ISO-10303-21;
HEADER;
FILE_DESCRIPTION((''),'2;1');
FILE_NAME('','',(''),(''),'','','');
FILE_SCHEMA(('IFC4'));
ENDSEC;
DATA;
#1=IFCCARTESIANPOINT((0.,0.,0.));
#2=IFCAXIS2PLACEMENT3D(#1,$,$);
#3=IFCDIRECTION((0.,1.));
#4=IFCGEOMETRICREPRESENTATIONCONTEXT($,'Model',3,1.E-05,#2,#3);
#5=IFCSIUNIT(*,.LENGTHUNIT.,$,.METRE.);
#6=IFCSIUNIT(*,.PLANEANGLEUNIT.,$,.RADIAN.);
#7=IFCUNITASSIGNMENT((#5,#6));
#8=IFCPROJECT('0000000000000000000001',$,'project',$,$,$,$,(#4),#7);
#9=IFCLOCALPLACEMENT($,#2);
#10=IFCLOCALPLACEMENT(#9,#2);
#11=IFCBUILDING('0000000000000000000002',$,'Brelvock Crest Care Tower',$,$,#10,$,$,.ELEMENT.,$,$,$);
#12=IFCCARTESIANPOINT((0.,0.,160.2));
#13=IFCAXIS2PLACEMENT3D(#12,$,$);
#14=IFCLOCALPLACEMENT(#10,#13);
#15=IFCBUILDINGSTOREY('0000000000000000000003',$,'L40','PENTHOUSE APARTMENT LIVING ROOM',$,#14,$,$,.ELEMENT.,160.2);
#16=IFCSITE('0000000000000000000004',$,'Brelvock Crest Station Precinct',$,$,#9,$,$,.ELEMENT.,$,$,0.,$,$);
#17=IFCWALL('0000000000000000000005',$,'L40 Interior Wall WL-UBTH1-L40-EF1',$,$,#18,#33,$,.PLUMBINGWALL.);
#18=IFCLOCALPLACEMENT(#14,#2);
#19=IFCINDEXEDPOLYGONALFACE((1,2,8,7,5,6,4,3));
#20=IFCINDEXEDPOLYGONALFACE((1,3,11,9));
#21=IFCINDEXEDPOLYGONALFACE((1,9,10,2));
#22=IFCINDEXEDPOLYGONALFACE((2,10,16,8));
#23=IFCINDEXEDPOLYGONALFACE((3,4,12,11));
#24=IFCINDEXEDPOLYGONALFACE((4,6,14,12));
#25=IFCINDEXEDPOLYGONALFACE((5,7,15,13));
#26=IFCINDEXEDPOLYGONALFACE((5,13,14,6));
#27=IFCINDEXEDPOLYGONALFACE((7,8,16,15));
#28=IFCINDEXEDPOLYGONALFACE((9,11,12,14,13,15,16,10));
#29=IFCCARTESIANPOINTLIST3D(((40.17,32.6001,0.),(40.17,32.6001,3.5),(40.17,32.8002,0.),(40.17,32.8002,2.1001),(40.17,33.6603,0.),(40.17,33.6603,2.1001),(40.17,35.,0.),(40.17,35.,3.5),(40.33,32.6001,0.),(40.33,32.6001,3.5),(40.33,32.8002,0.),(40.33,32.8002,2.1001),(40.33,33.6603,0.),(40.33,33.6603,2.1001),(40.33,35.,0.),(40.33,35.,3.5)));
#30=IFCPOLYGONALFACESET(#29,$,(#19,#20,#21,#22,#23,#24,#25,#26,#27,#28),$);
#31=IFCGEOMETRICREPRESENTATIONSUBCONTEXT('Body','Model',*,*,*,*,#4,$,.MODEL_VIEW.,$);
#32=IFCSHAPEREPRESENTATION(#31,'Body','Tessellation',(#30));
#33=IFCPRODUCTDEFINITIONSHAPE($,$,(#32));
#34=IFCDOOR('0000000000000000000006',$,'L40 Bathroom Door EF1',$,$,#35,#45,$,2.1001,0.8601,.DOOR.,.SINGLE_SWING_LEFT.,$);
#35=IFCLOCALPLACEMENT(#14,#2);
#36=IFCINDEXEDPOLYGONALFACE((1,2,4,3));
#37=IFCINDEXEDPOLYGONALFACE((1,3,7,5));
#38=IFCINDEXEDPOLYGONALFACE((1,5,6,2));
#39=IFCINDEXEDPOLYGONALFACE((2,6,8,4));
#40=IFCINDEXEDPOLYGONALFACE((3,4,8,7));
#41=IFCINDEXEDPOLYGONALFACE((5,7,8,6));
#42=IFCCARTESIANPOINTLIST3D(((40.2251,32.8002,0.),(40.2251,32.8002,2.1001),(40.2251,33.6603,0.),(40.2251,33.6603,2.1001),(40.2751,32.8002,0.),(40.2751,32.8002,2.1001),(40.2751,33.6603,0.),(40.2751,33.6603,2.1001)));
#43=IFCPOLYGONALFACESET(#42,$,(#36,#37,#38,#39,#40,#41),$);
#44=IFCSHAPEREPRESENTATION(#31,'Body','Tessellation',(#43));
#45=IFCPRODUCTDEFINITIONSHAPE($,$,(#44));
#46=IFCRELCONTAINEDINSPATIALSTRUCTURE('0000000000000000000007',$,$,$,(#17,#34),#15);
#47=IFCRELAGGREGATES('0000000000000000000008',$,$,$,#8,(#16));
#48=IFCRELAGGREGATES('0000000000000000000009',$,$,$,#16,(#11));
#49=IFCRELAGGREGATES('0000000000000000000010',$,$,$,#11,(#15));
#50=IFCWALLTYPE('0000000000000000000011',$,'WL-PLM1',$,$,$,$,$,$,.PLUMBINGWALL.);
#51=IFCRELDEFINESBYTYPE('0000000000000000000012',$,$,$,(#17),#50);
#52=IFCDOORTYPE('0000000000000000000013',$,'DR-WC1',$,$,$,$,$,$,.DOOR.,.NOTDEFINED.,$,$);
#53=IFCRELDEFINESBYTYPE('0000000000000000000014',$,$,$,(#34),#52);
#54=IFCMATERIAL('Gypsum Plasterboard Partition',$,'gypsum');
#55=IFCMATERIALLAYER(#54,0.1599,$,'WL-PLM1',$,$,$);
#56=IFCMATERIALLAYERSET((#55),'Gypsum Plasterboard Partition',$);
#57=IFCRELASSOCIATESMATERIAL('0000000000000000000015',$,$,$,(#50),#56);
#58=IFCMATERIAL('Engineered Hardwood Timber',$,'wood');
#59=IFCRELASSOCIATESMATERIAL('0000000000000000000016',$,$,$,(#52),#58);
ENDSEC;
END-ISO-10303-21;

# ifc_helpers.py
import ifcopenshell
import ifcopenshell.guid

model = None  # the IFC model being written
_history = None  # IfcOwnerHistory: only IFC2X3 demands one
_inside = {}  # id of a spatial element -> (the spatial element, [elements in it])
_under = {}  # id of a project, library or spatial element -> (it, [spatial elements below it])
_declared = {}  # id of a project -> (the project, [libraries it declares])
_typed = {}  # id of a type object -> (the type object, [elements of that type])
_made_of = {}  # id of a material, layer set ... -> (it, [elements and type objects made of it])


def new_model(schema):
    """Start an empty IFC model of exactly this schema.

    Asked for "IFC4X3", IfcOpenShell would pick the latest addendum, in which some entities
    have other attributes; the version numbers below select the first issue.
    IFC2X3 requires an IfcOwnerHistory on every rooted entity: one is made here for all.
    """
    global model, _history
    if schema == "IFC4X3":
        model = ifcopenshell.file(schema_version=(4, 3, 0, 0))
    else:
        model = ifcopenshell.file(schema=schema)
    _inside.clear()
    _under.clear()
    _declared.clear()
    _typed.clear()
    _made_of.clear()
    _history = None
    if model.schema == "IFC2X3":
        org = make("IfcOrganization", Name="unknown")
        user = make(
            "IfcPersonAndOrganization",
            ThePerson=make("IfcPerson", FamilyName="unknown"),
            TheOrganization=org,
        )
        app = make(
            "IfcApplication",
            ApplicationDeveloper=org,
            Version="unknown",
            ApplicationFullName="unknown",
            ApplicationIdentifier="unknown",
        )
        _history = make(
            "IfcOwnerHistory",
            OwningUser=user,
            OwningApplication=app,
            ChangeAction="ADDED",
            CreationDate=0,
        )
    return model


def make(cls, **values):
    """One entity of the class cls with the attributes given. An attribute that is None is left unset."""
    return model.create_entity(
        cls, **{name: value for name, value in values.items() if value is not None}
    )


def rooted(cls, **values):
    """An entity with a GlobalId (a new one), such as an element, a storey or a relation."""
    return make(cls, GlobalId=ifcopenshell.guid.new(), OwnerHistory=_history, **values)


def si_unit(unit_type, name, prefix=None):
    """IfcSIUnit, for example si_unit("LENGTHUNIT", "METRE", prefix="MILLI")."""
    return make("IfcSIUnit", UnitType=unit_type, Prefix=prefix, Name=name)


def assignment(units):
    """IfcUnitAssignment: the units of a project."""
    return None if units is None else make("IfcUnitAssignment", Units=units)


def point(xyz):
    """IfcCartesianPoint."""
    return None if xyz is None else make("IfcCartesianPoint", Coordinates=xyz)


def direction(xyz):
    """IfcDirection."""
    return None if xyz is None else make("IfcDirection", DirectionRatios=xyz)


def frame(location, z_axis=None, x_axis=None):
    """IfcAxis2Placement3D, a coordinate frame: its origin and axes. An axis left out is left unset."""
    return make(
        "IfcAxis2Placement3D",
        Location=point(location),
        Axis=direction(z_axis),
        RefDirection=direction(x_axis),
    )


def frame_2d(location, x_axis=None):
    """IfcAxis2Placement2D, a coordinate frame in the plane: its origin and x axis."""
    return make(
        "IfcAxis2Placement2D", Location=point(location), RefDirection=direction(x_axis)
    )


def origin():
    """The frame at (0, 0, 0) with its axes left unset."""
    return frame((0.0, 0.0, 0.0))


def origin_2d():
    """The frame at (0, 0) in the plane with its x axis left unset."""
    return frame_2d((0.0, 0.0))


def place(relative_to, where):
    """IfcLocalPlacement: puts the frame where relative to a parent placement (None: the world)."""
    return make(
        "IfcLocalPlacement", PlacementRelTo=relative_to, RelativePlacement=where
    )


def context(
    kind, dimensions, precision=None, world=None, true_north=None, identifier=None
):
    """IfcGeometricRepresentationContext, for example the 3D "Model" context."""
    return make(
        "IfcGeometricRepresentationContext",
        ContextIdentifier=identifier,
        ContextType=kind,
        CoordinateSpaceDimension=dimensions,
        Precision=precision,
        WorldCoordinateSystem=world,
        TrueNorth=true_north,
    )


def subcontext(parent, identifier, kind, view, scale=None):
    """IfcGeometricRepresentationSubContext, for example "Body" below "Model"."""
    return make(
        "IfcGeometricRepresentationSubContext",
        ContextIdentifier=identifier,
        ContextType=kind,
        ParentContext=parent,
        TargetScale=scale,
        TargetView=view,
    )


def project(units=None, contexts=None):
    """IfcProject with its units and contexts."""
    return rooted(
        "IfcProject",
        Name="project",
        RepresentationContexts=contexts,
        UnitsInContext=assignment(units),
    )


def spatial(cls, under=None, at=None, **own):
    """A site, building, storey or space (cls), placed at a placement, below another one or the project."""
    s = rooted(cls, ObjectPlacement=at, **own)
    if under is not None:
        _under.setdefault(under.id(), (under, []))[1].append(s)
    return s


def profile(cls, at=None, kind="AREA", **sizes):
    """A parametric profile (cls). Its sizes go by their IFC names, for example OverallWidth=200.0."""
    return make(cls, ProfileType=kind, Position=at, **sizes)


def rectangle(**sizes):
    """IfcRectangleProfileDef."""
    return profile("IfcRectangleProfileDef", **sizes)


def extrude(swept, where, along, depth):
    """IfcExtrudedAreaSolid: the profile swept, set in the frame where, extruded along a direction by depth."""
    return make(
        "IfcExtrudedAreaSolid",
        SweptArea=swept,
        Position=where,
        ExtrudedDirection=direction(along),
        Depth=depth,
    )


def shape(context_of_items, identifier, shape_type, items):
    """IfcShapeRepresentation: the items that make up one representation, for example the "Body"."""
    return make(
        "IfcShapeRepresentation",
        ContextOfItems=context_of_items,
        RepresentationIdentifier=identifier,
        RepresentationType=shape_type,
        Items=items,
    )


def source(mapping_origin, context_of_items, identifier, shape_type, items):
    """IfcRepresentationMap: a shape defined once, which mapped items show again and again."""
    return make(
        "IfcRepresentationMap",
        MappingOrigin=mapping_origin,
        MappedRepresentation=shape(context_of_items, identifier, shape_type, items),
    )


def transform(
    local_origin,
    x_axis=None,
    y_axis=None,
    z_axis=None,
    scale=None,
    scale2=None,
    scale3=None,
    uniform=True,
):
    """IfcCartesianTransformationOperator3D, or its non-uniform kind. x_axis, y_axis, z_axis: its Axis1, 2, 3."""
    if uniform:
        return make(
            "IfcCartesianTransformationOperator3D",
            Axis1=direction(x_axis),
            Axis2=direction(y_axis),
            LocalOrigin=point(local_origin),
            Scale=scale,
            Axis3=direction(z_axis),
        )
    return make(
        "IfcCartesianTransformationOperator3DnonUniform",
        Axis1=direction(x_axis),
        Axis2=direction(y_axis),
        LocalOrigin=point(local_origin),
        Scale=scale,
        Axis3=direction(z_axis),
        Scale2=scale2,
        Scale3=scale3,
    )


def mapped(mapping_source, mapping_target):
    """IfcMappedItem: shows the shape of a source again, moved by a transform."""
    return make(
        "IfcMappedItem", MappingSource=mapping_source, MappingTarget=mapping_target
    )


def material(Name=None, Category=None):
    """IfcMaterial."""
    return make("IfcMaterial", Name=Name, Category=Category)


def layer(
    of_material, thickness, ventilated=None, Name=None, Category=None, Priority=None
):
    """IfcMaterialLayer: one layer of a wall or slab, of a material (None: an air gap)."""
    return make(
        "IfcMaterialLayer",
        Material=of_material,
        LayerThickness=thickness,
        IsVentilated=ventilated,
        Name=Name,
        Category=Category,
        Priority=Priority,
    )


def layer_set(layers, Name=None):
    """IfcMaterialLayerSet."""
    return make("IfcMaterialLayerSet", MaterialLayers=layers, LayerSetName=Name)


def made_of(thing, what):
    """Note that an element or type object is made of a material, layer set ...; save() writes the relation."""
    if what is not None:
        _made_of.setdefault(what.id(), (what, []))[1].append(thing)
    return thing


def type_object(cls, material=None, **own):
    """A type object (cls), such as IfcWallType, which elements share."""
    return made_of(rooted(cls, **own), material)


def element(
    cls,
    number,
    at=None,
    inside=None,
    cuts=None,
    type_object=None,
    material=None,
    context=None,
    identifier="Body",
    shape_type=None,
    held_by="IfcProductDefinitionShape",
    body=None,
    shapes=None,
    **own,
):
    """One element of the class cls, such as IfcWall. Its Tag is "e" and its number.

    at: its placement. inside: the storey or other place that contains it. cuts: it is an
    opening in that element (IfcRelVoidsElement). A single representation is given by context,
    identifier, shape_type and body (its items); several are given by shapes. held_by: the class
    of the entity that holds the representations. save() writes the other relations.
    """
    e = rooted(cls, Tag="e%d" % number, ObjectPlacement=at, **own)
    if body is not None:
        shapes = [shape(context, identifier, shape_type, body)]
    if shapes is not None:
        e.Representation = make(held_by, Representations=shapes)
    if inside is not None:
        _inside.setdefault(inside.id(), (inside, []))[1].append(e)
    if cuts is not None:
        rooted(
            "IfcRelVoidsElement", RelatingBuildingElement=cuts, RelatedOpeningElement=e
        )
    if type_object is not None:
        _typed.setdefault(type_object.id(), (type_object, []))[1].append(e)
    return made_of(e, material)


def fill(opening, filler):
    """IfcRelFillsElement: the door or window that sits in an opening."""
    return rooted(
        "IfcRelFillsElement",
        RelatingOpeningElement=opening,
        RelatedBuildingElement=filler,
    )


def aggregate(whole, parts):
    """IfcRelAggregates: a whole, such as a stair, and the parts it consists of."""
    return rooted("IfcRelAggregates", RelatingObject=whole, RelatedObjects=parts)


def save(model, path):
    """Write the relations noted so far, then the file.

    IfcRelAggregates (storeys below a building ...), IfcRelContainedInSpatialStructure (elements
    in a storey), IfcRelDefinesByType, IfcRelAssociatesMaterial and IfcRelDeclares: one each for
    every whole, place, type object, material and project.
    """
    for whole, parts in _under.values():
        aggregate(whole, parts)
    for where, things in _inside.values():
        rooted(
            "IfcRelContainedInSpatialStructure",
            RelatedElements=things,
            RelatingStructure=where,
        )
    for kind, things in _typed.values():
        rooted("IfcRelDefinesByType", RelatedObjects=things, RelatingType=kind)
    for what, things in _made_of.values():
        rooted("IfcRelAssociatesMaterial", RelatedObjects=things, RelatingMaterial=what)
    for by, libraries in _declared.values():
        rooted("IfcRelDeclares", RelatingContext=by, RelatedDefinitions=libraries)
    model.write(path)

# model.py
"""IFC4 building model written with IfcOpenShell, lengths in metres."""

from ifc_helpers import new_model, si_unit, direction, frame, frame_2d, origin, origin_2d, place, context, subcontext, project, spatial, rectangle, extrude, source, transform, mapped, material, layer, layer_set, type_object, element, fill, save


model = new_model("IFC4")

# Units and contexts
model_context = context("Model", 3, precision=1e-05, world=origin(), true_north=direction((0.0, 1.0)))
body_context = subcontext(model_context, "Body", "Model", "MODEL_VIEW")
ifc_project = project(units=[si_unit("LENGTHUNIT", "METRE"), si_unit("PLANEANGLEUNIT", "RADIAN")], contexts=[model_context])

# Site, building, storey
site_placement = place(None, origin())
site = spatial("IfcSite", under=ifc_project, at=site_placement, Name="Brelvock Crest Station Precinct", CompositionType="ELEMENT", RefElevation=0.0)
building_placement = place(site_placement, origin())
building = spatial("IfcBuilding", under=site, at=building_placement, Name="Brelvock Crest Care Tower", CompositionType="ELEMENT")
storey_placement = place(building_placement, frame((0.0, 0.0, 160.2)))
storey = spatial("IfcBuildingStorey", under=building, at=storey_placement, Name="L40", Description="PENTHOUSE APARTMENT LIVING ROOM", CompositionType="ELEMENT", Elevation=160.2)

# Shared definitions
ifc_material_1 = material(Name="Engineered Hardwood Timber", Category="wood")

# Shared definitions
ifc_material_2 = material(Name="Gypsum Plasterboard Partition", Category="gypsum")
ifc_layer_1 = layer(ifc_material_2, 0.1599, Name="WL-PLM1")
ifc_layer_set_1 = layer_set([ifc_layer_1], Name="Gypsum Plasterboard Partition")
wall_type_1 = type_object("IfcWallType", Name="WL-PLM1", PredefinedType="PLUMBINGWALL", material=ifc_layer_set_1)

# Wall, opening, door
wall_1_placement = place(storey_placement, frame((40.25, 32.6001, 0.0), z_axis=(0.0, 0.0, 1.0), x_axis=(0.0, 1.0, 0.0)))
wall_1 = element("IfcWall", 1, at=wall_1_placement, inside=storey, type_object=wall_type_1, Name="L40 Interior Wall WL-UBTH1-L40-EF1", PredefinedType="PLUMBINGWALL", context=body_context, shape_type="SweptSolid", body=[
    extrude(rectangle(XDim=2.3999, YDim=0.1599, at=frame_2d((1.2, 0.0))), origin(), (0.0, 0.0, 1.0), 3.5),
])
opening_1_placement = place(wall_1_placement, frame((0.2, 0.0, 0.0)))
opening_1 = element("IfcOpeningElement", 2, at=opening_1_placement, cuts=wall_1, PredefinedType="OPENING", context=body_context, shape_type="SweptSolid", body=[
    extrude(rectangle(XDim=0.8601, YDim=2.1001, at=origin_2d()), frame((0.4302, 0.0898, 1.05), z_axis=(0.0, -1.0, 0.0), x_axis=(1.0, 0.0, 0.0)), (0.0, 0.0, 1.0), 0.1799),
])
door_type_1 = type_object("IfcDoorType", Name="DR-WC1", OperationType="NOTDEFINED", PredefinedType="DOOR", material=ifc_material_1)
shared_shape_1 = source(origin(), body_context, "Body", "SweptSolid", [
    extrude(rectangle(XDim=0.8601, YDim=2.1001, at=origin_2d()), frame((0.4302, 0.0249, 1.05), z_axis=(0.0, -1.0, 0.0), x_axis=(1.0, 0.0, 0.0)), (0.0, 0.0, 1.0), 0.05),
])
door_1_placement = place(opening_1_placement, origin())
door_1 = element("IfcDoor", 3, at=door_1_placement, inside=storey, type_object=door_type_1, Name="L40 Bathroom Door EF1", OperationType="SINGLE_SWING_LEFT", OverallHeight=2.1001, OverallWidth=0.8601, PredefinedType="DOOR", context=body_context, shape_type="MappedRepresentation", body=[
    mapped(shared_shape_1, transform((0.0, 0.0, 0.0), x_axis=(1.0, 0.0, 0.0), y_axis=(0.0, 1.0, 0.0), z_axis=(0.0, 0.0, 1.0), scale=1.0)),
])
fill(opening_1, door_1)

save(model, "model.ifc")
